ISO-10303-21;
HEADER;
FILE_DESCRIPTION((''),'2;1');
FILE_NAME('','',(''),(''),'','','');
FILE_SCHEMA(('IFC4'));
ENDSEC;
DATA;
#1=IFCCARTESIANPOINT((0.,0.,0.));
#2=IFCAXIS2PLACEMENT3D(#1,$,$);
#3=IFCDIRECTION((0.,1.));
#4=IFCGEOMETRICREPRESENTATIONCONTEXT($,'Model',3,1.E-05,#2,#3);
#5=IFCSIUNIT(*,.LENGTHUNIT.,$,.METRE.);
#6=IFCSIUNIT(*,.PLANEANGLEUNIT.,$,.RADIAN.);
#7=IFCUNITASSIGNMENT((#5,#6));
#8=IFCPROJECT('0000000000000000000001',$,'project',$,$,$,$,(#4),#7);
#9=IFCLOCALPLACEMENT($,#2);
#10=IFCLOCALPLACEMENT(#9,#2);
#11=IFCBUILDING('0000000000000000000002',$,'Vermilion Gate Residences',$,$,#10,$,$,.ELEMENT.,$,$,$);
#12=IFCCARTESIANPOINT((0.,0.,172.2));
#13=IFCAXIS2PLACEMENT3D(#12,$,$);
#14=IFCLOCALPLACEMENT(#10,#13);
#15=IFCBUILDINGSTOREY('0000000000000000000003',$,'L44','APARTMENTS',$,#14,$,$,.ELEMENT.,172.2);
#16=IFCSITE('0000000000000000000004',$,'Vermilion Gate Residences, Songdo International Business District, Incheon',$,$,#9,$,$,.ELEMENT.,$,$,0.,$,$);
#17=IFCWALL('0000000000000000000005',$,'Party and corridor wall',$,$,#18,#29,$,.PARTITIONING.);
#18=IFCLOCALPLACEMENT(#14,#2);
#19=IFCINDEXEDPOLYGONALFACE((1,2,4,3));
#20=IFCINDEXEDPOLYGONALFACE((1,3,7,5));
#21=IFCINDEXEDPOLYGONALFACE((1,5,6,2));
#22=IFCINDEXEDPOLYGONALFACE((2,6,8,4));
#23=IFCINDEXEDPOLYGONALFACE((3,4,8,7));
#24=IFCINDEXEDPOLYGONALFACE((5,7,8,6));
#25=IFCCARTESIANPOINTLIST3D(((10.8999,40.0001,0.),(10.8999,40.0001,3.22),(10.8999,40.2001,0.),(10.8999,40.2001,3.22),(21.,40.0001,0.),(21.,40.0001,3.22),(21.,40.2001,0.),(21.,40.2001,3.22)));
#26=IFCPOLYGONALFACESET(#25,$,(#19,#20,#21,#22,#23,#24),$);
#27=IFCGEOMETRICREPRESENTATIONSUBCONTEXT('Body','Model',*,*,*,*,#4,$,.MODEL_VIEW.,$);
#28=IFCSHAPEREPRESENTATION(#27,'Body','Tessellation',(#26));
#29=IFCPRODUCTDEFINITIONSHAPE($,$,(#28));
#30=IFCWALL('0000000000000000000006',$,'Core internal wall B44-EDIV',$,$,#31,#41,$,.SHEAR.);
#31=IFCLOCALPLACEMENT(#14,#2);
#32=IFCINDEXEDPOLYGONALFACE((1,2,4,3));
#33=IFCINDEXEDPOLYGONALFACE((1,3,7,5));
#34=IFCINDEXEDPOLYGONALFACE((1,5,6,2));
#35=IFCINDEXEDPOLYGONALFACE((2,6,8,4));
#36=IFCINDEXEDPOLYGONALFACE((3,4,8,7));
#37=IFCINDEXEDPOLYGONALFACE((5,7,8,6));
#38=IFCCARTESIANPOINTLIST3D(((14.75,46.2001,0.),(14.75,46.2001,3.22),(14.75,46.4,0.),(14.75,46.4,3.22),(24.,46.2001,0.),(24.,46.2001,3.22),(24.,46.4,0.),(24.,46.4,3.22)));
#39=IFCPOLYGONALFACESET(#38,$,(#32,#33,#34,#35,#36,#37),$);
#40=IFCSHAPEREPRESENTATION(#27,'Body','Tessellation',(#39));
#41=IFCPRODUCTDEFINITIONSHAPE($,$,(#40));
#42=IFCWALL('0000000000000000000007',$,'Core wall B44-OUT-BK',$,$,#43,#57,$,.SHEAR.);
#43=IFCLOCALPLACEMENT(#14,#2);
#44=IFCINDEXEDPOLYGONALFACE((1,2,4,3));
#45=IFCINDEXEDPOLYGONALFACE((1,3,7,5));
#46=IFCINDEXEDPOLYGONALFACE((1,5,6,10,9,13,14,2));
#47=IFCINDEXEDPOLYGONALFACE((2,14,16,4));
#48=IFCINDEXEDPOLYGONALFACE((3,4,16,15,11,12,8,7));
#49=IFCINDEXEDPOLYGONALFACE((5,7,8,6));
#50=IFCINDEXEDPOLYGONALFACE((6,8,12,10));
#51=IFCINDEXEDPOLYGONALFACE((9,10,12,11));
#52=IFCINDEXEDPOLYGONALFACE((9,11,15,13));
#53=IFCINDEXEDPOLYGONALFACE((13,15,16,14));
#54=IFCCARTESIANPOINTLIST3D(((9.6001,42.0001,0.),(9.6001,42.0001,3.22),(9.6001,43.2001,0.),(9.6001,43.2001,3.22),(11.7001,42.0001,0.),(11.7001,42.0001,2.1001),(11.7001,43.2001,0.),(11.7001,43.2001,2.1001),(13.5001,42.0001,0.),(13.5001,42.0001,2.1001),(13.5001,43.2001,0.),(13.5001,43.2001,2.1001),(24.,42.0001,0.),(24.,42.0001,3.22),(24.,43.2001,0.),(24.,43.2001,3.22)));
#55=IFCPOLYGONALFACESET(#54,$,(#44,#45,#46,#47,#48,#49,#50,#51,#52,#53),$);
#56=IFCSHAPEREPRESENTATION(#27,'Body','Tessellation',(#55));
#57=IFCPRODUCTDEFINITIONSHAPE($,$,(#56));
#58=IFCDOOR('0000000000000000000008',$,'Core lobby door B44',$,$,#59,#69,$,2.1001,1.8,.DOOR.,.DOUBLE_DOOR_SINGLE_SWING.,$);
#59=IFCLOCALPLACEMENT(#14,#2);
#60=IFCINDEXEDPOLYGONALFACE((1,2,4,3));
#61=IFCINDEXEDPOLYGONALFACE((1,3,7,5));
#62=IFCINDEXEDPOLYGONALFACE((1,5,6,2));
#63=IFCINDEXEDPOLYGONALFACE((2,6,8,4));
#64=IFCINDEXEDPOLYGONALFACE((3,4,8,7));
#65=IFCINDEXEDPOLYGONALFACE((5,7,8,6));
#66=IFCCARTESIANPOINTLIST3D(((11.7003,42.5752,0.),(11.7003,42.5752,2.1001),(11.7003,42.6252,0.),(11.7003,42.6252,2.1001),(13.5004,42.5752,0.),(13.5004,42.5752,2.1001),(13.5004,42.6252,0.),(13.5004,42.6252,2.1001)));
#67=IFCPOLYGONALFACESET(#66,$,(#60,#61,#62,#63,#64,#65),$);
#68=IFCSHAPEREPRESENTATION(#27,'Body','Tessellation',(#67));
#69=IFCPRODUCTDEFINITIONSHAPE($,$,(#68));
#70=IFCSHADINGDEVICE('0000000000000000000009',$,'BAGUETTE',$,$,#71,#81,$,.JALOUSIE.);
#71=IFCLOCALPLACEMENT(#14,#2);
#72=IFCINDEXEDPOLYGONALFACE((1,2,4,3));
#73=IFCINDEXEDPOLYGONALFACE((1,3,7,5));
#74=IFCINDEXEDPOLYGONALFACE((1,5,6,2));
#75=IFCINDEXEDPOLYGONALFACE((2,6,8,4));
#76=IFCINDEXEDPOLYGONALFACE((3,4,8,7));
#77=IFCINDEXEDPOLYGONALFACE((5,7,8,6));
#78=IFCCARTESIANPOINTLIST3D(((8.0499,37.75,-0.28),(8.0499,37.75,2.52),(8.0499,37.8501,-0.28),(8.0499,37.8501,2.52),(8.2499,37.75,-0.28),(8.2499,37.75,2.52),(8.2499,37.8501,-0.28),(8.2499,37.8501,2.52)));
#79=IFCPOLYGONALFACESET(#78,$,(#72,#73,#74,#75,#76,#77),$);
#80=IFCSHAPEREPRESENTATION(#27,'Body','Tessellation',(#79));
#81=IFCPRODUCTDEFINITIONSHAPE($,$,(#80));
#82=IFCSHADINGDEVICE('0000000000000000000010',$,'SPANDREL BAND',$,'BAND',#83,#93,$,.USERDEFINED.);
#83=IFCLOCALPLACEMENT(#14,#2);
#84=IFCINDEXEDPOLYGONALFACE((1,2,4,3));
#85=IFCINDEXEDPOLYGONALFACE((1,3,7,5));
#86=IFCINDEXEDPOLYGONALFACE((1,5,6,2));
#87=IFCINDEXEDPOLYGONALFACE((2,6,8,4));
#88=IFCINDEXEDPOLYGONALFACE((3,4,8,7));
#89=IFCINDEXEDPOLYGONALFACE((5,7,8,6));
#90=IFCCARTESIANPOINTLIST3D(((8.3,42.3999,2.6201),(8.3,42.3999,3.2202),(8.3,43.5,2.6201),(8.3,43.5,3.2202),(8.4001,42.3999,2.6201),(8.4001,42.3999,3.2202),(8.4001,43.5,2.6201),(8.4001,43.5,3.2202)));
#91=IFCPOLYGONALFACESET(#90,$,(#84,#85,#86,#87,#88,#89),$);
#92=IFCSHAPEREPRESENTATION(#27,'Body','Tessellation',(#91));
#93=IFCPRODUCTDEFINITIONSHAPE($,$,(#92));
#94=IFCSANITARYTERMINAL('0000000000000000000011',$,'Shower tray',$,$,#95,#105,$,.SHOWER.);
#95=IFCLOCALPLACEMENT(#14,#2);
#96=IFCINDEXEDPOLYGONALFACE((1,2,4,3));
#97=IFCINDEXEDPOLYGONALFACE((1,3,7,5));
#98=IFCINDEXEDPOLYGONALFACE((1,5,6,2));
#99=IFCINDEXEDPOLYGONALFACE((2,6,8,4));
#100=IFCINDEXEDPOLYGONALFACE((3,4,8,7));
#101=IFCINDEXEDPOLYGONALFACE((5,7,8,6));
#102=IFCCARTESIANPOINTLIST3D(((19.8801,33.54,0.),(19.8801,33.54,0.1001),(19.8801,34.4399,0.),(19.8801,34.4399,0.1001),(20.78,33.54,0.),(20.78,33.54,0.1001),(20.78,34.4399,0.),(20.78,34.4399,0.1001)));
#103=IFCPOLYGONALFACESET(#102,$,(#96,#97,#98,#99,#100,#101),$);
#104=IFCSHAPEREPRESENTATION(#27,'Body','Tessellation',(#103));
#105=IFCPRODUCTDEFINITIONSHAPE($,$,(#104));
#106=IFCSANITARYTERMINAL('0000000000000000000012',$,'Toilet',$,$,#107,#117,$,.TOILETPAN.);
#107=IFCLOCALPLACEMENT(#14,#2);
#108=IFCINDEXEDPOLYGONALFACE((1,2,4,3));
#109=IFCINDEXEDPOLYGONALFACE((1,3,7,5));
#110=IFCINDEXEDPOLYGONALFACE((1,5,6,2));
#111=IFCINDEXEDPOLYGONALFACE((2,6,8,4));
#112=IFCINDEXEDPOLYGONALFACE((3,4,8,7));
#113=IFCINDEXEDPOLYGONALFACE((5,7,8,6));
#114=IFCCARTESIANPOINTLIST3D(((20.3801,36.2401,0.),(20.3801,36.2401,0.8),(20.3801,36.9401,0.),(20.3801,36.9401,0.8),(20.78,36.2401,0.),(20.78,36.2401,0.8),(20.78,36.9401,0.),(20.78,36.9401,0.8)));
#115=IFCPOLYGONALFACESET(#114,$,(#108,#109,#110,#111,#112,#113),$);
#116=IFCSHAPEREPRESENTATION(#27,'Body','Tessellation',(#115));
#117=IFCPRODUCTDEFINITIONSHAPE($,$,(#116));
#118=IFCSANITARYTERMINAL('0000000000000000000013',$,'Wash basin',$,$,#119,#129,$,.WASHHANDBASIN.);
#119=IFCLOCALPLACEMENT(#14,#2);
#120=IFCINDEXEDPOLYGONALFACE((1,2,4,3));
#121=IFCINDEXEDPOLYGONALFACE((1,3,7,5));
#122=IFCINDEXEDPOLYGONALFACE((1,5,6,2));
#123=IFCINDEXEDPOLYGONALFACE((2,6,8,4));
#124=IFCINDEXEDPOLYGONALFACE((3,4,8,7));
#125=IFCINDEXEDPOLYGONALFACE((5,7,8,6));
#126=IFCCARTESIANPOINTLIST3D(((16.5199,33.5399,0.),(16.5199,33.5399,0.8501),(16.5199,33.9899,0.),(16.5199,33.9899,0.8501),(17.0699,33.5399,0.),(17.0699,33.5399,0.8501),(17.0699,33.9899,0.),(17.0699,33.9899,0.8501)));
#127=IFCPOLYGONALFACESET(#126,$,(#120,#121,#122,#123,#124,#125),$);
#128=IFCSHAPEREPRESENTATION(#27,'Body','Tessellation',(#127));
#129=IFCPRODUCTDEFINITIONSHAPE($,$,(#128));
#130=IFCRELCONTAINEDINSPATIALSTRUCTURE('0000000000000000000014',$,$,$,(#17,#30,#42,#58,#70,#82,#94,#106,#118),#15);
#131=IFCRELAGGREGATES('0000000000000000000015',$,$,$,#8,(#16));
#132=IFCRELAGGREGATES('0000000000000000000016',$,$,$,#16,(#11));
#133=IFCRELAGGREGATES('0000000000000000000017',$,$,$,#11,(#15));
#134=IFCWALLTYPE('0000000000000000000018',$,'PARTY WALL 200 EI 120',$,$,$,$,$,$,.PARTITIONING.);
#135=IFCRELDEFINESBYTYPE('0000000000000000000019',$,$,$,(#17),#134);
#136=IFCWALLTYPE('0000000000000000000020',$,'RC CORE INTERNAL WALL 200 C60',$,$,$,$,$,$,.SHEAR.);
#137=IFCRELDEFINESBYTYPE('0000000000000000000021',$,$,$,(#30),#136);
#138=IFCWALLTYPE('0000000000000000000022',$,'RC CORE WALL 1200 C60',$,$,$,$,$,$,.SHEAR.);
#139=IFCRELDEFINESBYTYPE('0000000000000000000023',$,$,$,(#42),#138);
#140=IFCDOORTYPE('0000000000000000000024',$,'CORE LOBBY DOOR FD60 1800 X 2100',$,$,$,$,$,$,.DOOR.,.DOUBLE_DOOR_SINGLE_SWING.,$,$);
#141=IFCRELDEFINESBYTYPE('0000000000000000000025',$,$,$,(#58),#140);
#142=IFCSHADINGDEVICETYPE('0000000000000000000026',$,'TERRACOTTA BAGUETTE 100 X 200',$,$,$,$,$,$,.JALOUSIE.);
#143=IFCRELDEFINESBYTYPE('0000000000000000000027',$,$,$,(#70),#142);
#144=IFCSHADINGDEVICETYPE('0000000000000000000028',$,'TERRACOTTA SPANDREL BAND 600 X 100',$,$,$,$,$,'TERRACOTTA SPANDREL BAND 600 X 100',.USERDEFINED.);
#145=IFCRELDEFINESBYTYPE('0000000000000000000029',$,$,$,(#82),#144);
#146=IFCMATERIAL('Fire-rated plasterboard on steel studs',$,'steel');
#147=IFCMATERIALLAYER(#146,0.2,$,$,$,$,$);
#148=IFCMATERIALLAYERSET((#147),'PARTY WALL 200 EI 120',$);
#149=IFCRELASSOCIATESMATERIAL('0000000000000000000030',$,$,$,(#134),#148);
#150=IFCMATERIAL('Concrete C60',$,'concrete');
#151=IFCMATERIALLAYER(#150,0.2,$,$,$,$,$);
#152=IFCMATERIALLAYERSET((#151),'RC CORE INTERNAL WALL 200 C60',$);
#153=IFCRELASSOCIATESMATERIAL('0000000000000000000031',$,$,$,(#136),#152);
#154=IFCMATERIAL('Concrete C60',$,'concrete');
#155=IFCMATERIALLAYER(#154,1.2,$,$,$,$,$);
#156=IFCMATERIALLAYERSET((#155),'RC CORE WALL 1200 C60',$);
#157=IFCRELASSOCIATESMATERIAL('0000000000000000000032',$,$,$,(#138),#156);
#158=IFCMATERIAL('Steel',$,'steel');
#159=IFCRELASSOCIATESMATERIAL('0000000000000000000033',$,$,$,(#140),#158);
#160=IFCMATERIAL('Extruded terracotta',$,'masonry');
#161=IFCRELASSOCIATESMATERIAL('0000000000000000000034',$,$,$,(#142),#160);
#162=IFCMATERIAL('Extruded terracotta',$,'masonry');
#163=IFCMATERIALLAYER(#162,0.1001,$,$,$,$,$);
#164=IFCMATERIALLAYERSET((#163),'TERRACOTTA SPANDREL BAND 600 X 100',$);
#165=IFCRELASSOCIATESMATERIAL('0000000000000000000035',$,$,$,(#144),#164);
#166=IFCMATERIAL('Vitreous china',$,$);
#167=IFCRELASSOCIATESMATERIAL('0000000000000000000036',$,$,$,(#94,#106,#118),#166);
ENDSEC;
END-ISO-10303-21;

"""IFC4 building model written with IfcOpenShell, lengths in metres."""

from ifc_helpers import new_model, si_unit, direction, frame, frame_2d, origin, origin_2d, place, context, subcontext, project, spatial, rectangle, extrude, material, layer, layer_set, material_profile, profile_set, type_object, element, fill, save


model = new_model("IFC4")

# Units and contexts
model_context = context("Model", 3, precision=1e-05, world=origin(), true_north=direction((0.0, 1.0)))
body_context = subcontext(model_context, "Body", "Model", "MODEL_VIEW")
ifc_project = project(units=[si_unit("LENGTHUNIT", "METRE"), si_unit("PLANEANGLEUNIT", "RADIAN")], contexts=[model_context])

# Site, building, storey
site_placement = place(None, origin())
site = spatial("IfcSite", under=ifc_project, at=site_placement, Name="Vermilion Gate Residences, Songdo International Business District, Incheon", CompositionType="ELEMENT", RefElevation=0.0)
building_placement = place(site_placement, origin())
building = spatial("IfcBuilding", under=site, at=building_placement, Name="Vermilion Gate Residences", CompositionType="ELEMENT")
storey_placement = place(building_placement, frame((0.0, 0.0, 172.2)))
storey = spatial("IfcBuildingStorey", under=building, at=storey_placement, Name="L44", Description="APARTMENTS", CompositionType="ELEMENT", Elevation=172.2)

# Walls
ifc_material_1 = material(Name="Fire-rated plasterboard on steel studs", Category="steel")
ifc_layer_1 = layer(ifc_material_1, 0.2)
ifc_layer_set_1 = layer_set([ifc_layer_1], Name="PARTY WALL 200 EI 120")
wall_type_1 = type_object("IfcWallType", Name="PARTY WALL 200 EI 120", PredefinedType="PARTITIONING", material=ifc_layer_set_1)
wall_1_placement = place(storey_placement, frame((10.8999, 40.1001, 0.0), z_axis=(0.0, 0.0, 1.0), x_axis=(1.0, 0.0, 0.0)))
element("IfcWall", 1, at=wall_1_placement, inside=storey, type_object=wall_type_1, Name="Party and corridor wall", PredefinedType="PARTITIONING", context=body_context, shape_type="SweptSolid", body=[
    extrude(rectangle(XDim=10.1001, YDim=0.2, at=frame_2d((5.05, 0.0))), origin(), (0.0, 0.0, 1.0), 3.22),
])
ifc_material_2 = material(Name="Concrete C60", Category="concrete")
ifc_layer_2 = layer(ifc_material_2, 0.2)
ifc_layer_set_2 = layer_set([ifc_layer_2], Name="RC CORE INTERNAL WALL 200 C60")
wall_type_2 = type_object("IfcWallType", Name="RC CORE INTERNAL WALL 200 C60", PredefinedType="SHEAR", material=ifc_layer_set_2)
wall_2_placement = place(storey_placement, frame((14.75, 46.3, 0.0), z_axis=(0.0, 0.0, 1.0), x_axis=(1.0, 0.0, 0.0)))
element("IfcWall", 2, at=wall_2_placement, inside=storey, type_object=wall_type_2, Name="Core internal wall B44-EDIV", PredefinedType="SHEAR", context=body_context, shape_type="SweptSolid", body=[
    extrude(rectangle(XDim=9.25, YDim=0.2, at=frame_2d((4.625, 0.0))), origin(), (0.0, 0.0, 1.0), 3.22),
])

# Wall, opening, door
ifc_material_3 = material(Name="Concrete C60", Category="concrete")
ifc_layer_3 = layer(ifc_material_3, 1.2)
ifc_layer_set_3 = layer_set([ifc_layer_3], Name="RC CORE WALL 1200 C60")
wall_type_3 = type_object("IfcWallType", Name="RC CORE WALL 1200 C60", PredefinedType="SHEAR", material=ifc_layer_set_3)
wall_3_placement = place(storey_placement, frame((9.6001, 42.6001, 0.0), z_axis=(0.0, 0.0, 1.0), x_axis=(1.0, 0.0, 0.0)))
wall_3 = element("IfcWall", 3, at=wall_3_placement, inside=storey, type_object=wall_type_3, Name="Core wall B44-OUT-BK", PredefinedType="SHEAR", context=body_context, shape_type="SweptSolid", body=[
    extrude(rectangle(XDim=14.3999, YDim=1.2, at=frame_2d((7.2, 0.0))), origin(), (0.0, 0.0, 1.0), 3.22),
])
opening_1_placement = place(wall_3_placement, frame((2.1001, 0.0, 0.0)))
opening_1 = element("IfcOpeningElement", 4, at=opening_1_placement, cuts=wall_3, PredefinedType="OPENING", context=body_context, shape_type="SweptSolid", body=[
    extrude(rectangle(XDim=1.8, YDim=2.1001, at=frame_2d((0.8999, 1.05))), frame((0.0, 0.6099, 0.0), z_axis=(0.0, -1.0, 0.0), x_axis=(1.0, 0.0, 0.0)), (0.0, 0.0, 1.0), 1.22),
])
ifc_material_4 = material(Name="Steel", Category="steel")
door_type_1 = type_object("IfcDoorType", Name="CORE LOBBY DOOR FD60 1800 X 2100", OperationType="DOUBLE_DOOR_SINGLE_SWING", PredefinedType="DOOR", material=ifc_material_4)
door_1_placement = place(opening_1_placement, frame((1.8, 0.0, 0.0), z_axis=(0.0, 0.0, 1.0), x_axis=(-1.0, 0.0, 0.0)))
door_1 = element("IfcDoor", 5, at=door_1_placement, inside=storey, type_object=door_type_1, Name="Core lobby door B44", OperationType="DOUBLE_DOOR_SINGLE_SWING", OverallHeight=2.1001, OverallWidth=1.8, PredefinedType="DOOR", context=body_context, shape_type="SweptSolid", body=[
    extrude(rectangle(XDim=1.8, YDim=2.1001, at=frame_2d((0.8999, 1.05))), frame((0.0, 0.0249, 0.0), z_axis=(0.0, -1.0, 0.0), x_axis=(1.0, 0.0, 0.0)), (0.0, 0.0, 1.0), 0.05),
])
fill(opening_1, door_1)

# Shading devices
ifc_material_5 = material(Name="Extruded terracotta", Category="masonry")
ifc_material_profile_1 = material_profile(ifc_material_5, rectangle(XDim=0.2, YDim=0.1001, at=origin_2d()), Name="BAGUETTE 100 X 200")
ifc_profile_set_1 = profile_set([ifc_material_profile_1], Name="Extruded terracotta")
shading_device_type_1 = type_object("IfcShadingDeviceType", Name="TERRACOTTA BAGUETTE 100 X 200", PredefinedType="JALOUSIE", material=ifc_profile_set_1)
shading_device_1_placement = place(storey_placement, frame((8.1499, 37.8, -0.28), z_axis=(0.0, 0.0, 1.0), x_axis=(1.0, 0.0, 0.0)))
element("IfcShadingDevice", 6, at=shading_device_1_placement, inside=storey, type_object=shading_device_type_1, Name="BAGUETTE", PredefinedType="JALOUSIE", context=body_context, shape_type="SweptSolid", body=[
    extrude(rectangle(XDim=0.2, YDim=0.1001, at=origin_2d()), origin(), (0.0, 0.0, 1.0), 2.8),
])
ifc_material_6 = material(Name="Extruded terracotta", Category="masonry")
ifc_layer_4 = layer(ifc_material_6, 0.1001)
ifc_layer_set_4 = layer_set([ifc_layer_4], Name="TERRACOTTA SPANDREL BAND 600 X 100")
shading_device_type_2 = type_object("IfcShadingDeviceType", Name="TERRACOTTA SPANDREL BAND 600 X 100", ElementType="TERRACOTTA SPANDREL BAND 600 X 100", PredefinedType="USERDEFINED", material=ifc_layer_set_4)
shading_device_2_placement = place(storey_placement, frame((8.3501, 42.95, 2.6201), z_axis=(0.0, 0.0, 1.0), x_axis=(0.0, 1.0, 0.0)))
element("IfcShadingDevice", 7, at=shading_device_2_placement, inside=storey, type_object=shading_device_type_2, Name="SPANDREL BAND", ObjectType="BAND", PredefinedType="USERDEFINED", context=body_context, shape_type="SweptSolid", body=[
    extrude(rectangle(XDim=1.1001, YDim=0.1001, at=origin_2d()), origin(), (0.0, 0.0, 1.0), 0.6001),
])

# Sanitary terminals
ifc_material_7 = material(Name="Vitreous china")
sanitary_terminal_1_placement = place(storey_placement, frame((20.3301, 33.99, 0.0), z_axis=(0.0, 0.0, 1.0), x_axis=(1.0, 0.0, 0.0)))
element("IfcSanitaryTerminal", 8, at=sanitary_terminal_1_placement, inside=storey, material=ifc_material_7, Name="Shower tray", PredefinedType="SHOWER", context=body_context, shape_type="SweptSolid", body=[
    extrude(rectangle(XDim=0.8999, YDim=0.8999, at=origin_2d()), origin(), (0.0, 0.0, 1.0), 0.1001),
])
sanitary_terminal_2_placement = place(storey_placement, frame((20.5801, 36.5901, 0.0), z_axis=(0.0, 0.0, 1.0), x_axis=(1.0, 0.0, 0.0)))
element("IfcSanitaryTerminal", 9, at=sanitary_terminal_2_placement, inside=storey, material=ifc_material_7, Name="Toilet", PredefinedType="TOILETPAN", context=body_context, shape_type="SweptSolid", body=[
    extrude(rectangle(XDim=0.3999, YDim=0.7, at=origin_2d()), origin(), (0.0, 0.0, 1.0), 0.8),
])
sanitary_terminal_3_placement = place(storey_placement, frame((16.7949, 33.7649, 0.0), z_axis=(0.0, 0.0, 1.0), x_axis=(1.0, 0.0, 0.0)))
element("IfcSanitaryTerminal", 10, at=sanitary_terminal_3_placement, inside=storey, material=ifc_material_7, Name="Wash basin", PredefinedType="WASHHANDBASIN", context=body_context, shape_type="SweptSolid", body=[
    extrude(rectangle(XDim=0.55, YDim=0.45, at=origin_2d()), origin(), (0.0, 0.0, 1.0), 0.8501),
])

save(model, "model.ifc")
